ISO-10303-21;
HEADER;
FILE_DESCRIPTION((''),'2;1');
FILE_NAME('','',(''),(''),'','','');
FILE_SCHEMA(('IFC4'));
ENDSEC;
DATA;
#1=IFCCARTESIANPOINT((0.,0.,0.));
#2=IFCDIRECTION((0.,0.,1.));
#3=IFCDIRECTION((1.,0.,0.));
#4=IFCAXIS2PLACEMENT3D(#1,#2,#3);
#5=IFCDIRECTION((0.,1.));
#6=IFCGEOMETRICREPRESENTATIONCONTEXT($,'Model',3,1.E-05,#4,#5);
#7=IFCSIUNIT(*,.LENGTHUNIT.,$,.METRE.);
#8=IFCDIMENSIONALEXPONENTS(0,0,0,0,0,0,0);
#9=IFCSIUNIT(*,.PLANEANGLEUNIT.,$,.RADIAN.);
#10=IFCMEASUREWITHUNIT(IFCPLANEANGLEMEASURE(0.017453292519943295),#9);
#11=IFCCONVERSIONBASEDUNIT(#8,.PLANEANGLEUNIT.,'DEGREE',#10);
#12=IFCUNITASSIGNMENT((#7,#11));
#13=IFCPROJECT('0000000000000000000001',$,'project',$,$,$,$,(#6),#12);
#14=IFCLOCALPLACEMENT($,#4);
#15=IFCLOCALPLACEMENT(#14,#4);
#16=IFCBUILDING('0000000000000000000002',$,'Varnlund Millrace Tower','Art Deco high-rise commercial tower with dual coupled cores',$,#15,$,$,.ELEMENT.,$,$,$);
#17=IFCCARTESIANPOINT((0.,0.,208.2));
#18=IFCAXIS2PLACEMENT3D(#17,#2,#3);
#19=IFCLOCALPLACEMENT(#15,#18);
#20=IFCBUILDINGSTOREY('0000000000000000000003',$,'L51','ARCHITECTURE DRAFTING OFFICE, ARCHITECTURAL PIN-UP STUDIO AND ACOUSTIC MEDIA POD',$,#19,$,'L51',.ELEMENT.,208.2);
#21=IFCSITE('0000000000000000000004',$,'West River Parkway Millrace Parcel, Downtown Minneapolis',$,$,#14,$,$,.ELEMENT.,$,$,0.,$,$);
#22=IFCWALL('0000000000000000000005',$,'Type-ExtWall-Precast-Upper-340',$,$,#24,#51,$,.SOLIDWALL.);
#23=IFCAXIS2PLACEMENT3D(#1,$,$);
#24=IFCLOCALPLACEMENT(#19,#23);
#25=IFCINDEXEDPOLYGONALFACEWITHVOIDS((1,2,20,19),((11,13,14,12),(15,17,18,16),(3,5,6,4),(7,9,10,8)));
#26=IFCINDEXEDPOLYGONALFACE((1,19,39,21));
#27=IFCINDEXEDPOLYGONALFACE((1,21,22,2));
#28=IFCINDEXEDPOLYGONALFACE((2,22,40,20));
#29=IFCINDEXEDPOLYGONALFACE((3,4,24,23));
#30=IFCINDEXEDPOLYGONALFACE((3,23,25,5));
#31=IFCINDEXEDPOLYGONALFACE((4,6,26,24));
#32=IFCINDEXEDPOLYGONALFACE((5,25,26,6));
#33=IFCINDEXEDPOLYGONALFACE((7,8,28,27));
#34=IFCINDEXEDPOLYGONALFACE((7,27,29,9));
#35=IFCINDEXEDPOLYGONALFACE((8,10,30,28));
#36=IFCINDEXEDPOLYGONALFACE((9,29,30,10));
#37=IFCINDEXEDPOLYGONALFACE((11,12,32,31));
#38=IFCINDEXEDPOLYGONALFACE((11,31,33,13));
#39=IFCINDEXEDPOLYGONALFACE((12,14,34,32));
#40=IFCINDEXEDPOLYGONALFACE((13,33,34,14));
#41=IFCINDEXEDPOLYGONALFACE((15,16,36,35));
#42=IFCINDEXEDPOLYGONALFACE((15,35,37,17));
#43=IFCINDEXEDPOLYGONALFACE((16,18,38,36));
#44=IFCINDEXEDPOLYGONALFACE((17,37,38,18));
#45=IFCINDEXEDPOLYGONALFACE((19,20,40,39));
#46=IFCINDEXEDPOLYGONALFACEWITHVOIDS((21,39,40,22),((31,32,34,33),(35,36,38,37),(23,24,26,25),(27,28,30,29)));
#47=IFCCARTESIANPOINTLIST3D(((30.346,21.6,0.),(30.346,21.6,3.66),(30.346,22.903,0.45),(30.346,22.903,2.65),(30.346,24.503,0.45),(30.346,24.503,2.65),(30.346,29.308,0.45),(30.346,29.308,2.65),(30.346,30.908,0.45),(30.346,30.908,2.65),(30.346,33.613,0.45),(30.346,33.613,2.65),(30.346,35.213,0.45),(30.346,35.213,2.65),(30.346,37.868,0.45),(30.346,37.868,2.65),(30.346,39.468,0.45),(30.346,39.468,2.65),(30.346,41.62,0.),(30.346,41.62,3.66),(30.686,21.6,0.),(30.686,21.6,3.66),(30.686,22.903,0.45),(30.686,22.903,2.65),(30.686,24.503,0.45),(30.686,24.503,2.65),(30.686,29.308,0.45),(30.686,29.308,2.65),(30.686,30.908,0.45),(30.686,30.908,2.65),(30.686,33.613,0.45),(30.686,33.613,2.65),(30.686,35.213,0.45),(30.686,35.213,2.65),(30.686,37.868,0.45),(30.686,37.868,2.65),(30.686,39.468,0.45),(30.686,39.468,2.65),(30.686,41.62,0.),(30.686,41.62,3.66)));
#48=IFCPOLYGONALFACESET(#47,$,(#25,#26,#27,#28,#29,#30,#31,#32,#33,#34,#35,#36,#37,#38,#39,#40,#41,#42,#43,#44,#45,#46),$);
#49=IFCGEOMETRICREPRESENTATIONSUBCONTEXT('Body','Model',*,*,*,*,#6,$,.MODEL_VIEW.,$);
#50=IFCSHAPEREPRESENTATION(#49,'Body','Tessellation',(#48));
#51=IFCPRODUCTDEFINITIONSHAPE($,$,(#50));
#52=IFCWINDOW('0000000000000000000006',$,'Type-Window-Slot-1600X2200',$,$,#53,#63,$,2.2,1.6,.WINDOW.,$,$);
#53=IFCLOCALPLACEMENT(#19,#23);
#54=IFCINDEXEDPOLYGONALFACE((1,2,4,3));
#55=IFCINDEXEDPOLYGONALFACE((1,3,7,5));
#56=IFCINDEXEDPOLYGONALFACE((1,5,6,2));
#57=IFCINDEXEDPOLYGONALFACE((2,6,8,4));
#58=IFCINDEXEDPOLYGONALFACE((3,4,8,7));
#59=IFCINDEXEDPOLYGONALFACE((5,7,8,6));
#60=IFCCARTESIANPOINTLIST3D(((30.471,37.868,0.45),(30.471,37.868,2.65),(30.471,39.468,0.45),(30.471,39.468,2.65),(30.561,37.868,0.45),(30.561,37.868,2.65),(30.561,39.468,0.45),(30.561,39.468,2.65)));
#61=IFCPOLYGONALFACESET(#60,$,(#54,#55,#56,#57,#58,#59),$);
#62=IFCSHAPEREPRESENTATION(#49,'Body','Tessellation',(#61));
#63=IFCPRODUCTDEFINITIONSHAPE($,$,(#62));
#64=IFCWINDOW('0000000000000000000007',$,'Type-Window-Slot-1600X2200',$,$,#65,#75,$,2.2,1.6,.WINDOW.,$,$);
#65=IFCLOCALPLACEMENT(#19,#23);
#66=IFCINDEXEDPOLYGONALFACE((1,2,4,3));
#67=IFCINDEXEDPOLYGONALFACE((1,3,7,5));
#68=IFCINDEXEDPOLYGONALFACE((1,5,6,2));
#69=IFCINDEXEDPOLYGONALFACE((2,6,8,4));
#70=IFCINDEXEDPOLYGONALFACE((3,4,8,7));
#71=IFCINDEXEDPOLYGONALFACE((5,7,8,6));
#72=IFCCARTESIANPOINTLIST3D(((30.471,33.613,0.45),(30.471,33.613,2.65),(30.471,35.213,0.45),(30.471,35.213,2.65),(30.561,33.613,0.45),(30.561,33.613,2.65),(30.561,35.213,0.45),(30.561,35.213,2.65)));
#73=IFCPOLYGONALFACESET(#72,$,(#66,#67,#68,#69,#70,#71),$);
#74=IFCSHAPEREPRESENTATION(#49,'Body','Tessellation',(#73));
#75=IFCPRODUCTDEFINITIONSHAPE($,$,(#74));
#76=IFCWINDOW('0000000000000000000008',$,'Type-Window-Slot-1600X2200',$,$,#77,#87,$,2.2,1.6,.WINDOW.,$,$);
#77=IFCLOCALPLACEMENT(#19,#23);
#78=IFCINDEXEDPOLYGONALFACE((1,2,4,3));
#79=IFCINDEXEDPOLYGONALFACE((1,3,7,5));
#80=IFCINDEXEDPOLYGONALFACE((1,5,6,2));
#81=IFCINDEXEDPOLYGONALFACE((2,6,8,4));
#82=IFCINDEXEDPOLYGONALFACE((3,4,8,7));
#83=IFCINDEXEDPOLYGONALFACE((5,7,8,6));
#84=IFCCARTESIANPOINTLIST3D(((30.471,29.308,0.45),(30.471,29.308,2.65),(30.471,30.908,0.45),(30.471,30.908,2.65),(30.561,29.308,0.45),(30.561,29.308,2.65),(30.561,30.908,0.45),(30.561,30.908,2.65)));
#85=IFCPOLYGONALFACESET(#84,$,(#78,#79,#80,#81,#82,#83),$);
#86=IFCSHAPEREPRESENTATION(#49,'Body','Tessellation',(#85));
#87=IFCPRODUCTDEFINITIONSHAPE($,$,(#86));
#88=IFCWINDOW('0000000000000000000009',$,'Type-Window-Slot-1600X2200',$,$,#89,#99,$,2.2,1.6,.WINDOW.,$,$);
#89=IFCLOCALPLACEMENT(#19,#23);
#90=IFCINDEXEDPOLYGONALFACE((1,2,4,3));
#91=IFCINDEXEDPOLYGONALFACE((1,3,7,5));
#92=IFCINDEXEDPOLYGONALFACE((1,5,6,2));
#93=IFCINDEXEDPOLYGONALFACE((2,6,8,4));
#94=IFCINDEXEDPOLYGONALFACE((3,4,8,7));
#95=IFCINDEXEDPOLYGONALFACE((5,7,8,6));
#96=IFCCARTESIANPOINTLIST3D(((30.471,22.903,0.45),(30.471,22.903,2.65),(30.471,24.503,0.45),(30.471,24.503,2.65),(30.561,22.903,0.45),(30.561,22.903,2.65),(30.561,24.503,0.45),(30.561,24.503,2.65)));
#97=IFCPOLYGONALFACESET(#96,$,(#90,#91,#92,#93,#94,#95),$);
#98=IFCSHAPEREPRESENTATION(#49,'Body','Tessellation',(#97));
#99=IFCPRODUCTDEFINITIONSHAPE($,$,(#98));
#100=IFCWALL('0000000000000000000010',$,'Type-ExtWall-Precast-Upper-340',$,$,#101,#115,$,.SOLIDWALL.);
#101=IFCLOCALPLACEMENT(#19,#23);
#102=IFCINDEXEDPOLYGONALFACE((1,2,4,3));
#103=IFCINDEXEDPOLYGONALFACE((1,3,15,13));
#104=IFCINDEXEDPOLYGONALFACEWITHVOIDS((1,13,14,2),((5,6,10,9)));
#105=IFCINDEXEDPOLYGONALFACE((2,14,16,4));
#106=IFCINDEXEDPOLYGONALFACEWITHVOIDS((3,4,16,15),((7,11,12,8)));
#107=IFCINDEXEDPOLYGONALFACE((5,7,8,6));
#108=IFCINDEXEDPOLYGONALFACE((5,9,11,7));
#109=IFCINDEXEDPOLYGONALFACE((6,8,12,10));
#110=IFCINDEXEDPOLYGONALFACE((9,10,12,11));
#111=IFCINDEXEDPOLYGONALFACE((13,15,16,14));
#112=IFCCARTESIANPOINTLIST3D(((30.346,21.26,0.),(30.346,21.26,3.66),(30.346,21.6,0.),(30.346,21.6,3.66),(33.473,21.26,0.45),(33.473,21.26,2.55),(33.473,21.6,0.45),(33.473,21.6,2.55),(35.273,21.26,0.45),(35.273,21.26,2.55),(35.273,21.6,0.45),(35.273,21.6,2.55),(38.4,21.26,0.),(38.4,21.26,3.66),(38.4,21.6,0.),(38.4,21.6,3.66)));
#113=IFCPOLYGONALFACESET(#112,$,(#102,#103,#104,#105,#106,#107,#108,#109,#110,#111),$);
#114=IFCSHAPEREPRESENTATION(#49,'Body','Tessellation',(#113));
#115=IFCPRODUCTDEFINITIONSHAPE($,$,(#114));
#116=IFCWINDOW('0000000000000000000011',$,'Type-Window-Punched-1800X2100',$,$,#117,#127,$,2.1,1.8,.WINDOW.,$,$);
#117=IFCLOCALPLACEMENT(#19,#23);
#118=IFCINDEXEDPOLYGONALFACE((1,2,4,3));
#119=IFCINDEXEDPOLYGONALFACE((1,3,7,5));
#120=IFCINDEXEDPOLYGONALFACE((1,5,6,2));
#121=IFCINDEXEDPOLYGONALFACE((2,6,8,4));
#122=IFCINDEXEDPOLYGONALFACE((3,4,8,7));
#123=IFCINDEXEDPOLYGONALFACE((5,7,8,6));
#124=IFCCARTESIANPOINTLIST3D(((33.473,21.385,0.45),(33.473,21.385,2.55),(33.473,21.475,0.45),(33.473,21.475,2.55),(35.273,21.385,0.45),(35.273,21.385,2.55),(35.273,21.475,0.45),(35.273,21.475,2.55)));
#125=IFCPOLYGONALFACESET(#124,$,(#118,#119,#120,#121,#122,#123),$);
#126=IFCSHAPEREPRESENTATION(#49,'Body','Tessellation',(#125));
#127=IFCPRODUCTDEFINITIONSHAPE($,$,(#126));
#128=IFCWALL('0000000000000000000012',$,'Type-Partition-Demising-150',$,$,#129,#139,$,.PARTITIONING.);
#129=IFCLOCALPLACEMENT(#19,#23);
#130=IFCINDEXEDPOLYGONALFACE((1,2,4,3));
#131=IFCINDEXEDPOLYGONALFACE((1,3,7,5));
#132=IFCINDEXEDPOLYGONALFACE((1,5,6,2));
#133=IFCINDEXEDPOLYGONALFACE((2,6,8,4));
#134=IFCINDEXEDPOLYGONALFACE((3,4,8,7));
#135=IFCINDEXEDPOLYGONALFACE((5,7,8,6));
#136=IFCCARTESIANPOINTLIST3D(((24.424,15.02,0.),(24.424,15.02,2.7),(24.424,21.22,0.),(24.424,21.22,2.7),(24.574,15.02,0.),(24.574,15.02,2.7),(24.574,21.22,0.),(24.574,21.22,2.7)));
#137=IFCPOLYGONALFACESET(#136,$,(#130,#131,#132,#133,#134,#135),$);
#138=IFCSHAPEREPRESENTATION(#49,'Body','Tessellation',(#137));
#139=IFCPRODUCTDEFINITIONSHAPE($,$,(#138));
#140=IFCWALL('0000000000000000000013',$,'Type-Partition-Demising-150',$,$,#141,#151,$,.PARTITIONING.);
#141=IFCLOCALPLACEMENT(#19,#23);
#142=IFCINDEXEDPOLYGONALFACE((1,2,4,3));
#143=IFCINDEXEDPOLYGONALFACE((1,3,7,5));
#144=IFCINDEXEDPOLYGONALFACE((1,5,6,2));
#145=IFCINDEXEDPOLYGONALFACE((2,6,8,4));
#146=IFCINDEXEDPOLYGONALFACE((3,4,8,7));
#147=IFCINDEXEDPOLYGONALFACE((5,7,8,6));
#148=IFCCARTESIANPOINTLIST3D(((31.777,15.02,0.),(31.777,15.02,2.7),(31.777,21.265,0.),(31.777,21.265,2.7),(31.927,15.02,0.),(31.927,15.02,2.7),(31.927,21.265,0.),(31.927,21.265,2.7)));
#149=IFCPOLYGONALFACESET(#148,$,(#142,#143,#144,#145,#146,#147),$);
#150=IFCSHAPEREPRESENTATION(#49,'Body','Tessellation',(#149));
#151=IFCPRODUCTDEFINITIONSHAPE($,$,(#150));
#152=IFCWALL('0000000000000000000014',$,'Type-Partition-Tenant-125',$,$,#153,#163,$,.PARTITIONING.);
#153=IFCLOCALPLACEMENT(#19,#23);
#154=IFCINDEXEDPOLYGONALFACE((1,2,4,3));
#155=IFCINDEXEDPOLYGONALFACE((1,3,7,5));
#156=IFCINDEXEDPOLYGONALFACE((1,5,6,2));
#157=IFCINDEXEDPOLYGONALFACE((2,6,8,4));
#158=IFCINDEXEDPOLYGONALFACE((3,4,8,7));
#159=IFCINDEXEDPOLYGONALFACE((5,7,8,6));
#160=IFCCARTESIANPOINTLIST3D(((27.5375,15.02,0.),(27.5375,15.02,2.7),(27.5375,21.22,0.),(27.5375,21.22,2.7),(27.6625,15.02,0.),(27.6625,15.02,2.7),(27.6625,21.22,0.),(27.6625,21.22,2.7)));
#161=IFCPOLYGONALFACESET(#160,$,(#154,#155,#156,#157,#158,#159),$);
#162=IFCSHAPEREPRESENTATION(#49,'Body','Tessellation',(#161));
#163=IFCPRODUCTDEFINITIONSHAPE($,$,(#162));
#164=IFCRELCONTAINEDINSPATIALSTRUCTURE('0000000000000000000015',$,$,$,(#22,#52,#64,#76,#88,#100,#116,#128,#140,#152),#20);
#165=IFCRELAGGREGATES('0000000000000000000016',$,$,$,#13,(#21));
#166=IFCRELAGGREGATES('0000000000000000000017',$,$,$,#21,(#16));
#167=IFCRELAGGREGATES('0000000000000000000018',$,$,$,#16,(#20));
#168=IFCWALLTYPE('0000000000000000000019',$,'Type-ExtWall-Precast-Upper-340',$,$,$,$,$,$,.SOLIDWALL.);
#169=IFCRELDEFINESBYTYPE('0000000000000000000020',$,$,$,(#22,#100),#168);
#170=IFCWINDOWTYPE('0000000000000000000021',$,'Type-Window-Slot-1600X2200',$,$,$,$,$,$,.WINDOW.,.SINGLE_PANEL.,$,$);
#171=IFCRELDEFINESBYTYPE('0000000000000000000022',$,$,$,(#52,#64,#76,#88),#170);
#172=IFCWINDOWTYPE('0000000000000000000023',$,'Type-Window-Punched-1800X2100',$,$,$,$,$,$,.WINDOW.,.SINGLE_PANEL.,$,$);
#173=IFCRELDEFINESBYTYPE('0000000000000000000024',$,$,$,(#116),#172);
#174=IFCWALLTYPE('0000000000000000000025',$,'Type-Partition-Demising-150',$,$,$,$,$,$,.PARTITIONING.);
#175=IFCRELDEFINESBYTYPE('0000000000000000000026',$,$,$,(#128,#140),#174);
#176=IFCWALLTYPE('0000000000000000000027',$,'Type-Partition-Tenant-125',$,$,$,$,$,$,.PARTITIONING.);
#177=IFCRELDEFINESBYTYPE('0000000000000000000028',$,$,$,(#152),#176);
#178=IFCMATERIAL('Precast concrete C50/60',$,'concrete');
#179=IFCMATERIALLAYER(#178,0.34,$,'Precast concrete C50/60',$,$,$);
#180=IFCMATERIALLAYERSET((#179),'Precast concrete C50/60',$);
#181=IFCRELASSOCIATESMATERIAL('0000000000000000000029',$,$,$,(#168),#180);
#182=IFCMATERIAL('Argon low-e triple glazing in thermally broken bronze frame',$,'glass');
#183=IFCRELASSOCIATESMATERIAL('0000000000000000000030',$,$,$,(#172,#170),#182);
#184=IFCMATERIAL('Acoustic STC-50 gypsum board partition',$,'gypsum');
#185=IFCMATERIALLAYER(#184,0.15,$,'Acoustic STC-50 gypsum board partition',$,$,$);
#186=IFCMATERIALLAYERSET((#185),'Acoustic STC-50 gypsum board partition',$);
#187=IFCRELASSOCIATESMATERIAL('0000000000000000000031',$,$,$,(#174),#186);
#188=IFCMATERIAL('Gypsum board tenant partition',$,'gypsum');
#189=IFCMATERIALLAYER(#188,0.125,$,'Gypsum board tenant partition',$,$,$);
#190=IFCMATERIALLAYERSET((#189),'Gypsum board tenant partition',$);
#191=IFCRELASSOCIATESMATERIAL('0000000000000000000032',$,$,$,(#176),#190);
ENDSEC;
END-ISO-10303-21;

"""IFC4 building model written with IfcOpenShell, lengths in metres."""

from ifc_helpers import new_model, entity, si_unit, converted_unit, direction, frame, origin_with_axes, origin_2d_with_axis, place, context, subcontext, project, spatial, polyline, rectangle, outline, extrude, material, layer, layer_set, type_object, element, fill, save


model = new_model("IFC4")

# Units and contexts
model_context = context("Model", 3, precision=1e-05, world=origin_with_axes(), true_north=direction((0.0, 1.0)))
body_context = subcontext(model_context, "Body", "Model", "MODEL_VIEW")
ifc_project = project(units=[si_unit("LENGTHUNIT", "METRE"), converted_unit("PLANEANGLEUNIT", "DEGREE", entity("IfcPlaneAngleMeasure", 0.017453292519943295), si_unit("PLANEANGLEUNIT", "RADIAN"), dimensions=[0, 0, 0, 0, 0, 0, 0])], contexts=[model_context])

# Site, building, storey
site_placement = place(None, origin_with_axes())
site = spatial("IfcSite", under=ifc_project, at=site_placement, Name="West River Parkway Millrace Parcel, Downtown Minneapolis", CompositionType="ELEMENT", RefElevation=0.0)
building_placement = place(site_placement, origin_with_axes())
building = spatial("IfcBuilding", under=site, at=building_placement, Name="Varnlund Millrace Tower", Description="Art Deco high-rise commercial tower with dual coupled cores", CompositionType="ELEMENT")
storey_placement = place(building_placement, frame((0.0, 0.0, 208.2), z_axis=(0.0, 0.0, 1.0), x_axis=(1.0, 0.0, 0.0)))
storey = spatial("IfcBuildingStorey", under=building, at=storey_placement, Name="L51", Description="ARCHITECTURE DRAFTING OFFICE, ARCHITECTURAL PIN-UP STUDIO AND ACOUSTIC MEDIA POD", LongName="L51", CompositionType="ELEMENT", Elevation=208.2)

# Shared definitions
ifc_material_1 = material(Name="Precast concrete C50/60", Category="concrete")
ifc_layer_1 = layer(ifc_material_1, 0.34, Name="Precast concrete C50/60")
ifc_layer_set_1 = layer_set([ifc_layer_1], Name="Precast concrete C50/60")
wall_type_1 = type_object("IfcWallType", Name="Type-ExtWall-Precast-Upper-340", PredefinedType="SOLIDWALL", material=ifc_layer_set_1)

# Shared definitions
ifc_material_2 = material(Name="Argon low-e triple glazing in thermally broken bronze frame", Category="glass")
window_type_1 = type_object("IfcWindowType", Name="Type-Window-Punched-1800X2100", PartitioningType="SINGLE_PANEL", PredefinedType="WINDOW", material=ifc_material_2)

# Wall, openings, windows
wall_1_placement = place(storey_placement, frame((30.516, 41.62, 0.0), z_axis=(0.0, 0.0, 1.0), x_axis=(0.0, -1.0, 0.0)))
wall_1 = element("IfcWall", 1, at=wall_1_placement, inside=storey, type_object=wall_type_1, Name="Type-ExtWall-Precast-Upper-340", PredefinedType="SOLIDWALL", context=body_context, shape_type="SweptSolid", body=[
    extrude(outline(polyline([(0.0, -0.17), (20.02, -0.17), (20.02, 0.17), (0.0, 0.17), (0.0, -0.17)])), origin_with_axes(), (0.0, 0.0, 1.0), 3.66),
])
opening_1_placement = place(wall_1_placement, frame((2.952, 0.0, 0.45), z_axis=(0.0, 0.0, 1.0), x_axis=(1.0, 0.0, 0.0)))
opening_1 = element("IfcOpeningElement", 2, at=opening_1_placement, cuts=wall_1, PredefinedType="OPENING", context=body_context, shape_type="SweptSolid", body=[
    extrude(rectangle(XDim=1.6, YDim=0.36, at=origin_2d_with_axis()), origin_with_axes(), (0.0, 0.0, 1.0), 2.2),
])
opening_2_placement = place(wall_1_placement, frame((7.207, 0.0, 0.45), z_axis=(0.0, 0.0, 1.0), x_axis=(1.0, 0.0, 0.0)))
opening_2 = element("IfcOpeningElement", 3, at=opening_2_placement, cuts=wall_1, PredefinedType="OPENING", context=body_context, shape_type="SweptSolid", body=[
    extrude(rectangle(XDim=1.6, YDim=0.36, at=origin_2d_with_axis()), origin_with_axes(), (0.0, 0.0, 1.0), 2.2),
])
opening_3_placement = place(wall_1_placement, frame((11.512, 0.0, 0.45), z_axis=(0.0, 0.0, 1.0), x_axis=(1.0, 0.0, 0.0)))
opening_3 = element("IfcOpeningElement", 4, at=opening_3_placement, cuts=wall_1, PredefinedType="OPENING", context=body_context, shape_type="SweptSolid", body=[
    extrude(rectangle(XDim=1.6, YDim=0.36, at=origin_2d_with_axis()), origin_with_axes(), (0.0, 0.0, 1.0), 2.2),
])
opening_4_placement = place(wall_1_placement, frame((17.917, 0.0, 0.45), z_axis=(0.0, 0.0, 1.0), x_axis=(1.0, 0.0, 0.0)))
opening_4 = element("IfcOpeningElement", 5, at=opening_4_placement, cuts=wall_1, PredefinedType="OPENING", context=body_context, shape_type="SweptSolid", body=[
    extrude(rectangle(XDim=1.6, YDim=0.36, at=origin_2d_with_axis()), origin_with_axes(), (0.0, 0.0, 1.0), 2.2),
])
window_type_2 = type_object("IfcWindowType", Name="Type-Window-Slot-1600X2200", PartitioningType="SINGLE_PANEL", PredefinedType="WINDOW", material=ifc_material_2)
window_1_placement = place(wall_1_placement, frame((2.952, 0.0, 0.45), z_axis=(0.0, 0.0, 1.0), x_axis=(1.0, 0.0, 0.0)))
window_1 = element("IfcWindow", 6, at=window_1_placement, inside=storey, type_object=window_type_2, Name="Type-Window-Slot-1600X2200", OverallHeight=2.2, OverallWidth=1.6, PredefinedType="WINDOW", context=body_context, shape_type="SweptSolid", body=[
    extrude(rectangle(XDim=1.6, YDim=0.09, at=origin_2d_with_axis()), origin_with_axes(), (0.0, 0.0, 1.0), 2.2),
])
fill(opening_1, window_1)
window_2_placement = place(wall_1_placement, frame((7.207, 0.0, 0.45), z_axis=(0.0, 0.0, 1.0), x_axis=(1.0, 0.0, 0.0)))
window_2 = element("IfcWindow", 7, at=window_2_placement, inside=storey, type_object=window_type_2, Name="Type-Window-Slot-1600X2200", OverallHeight=2.2, OverallWidth=1.6, PredefinedType="WINDOW", context=body_context, shape_type="SweptSolid", body=[
    extrude(rectangle(XDim=1.6, YDim=0.09, at=origin_2d_with_axis()), origin_with_axes(), (0.0, 0.0, 1.0), 2.2),
])
fill(opening_2, window_2)
window_3_placement = place(wall_1_placement, frame((11.512, 0.0, 0.45), z_axis=(0.0, 0.0, 1.0), x_axis=(1.0, 0.0, 0.0)))
window_3 = element("IfcWindow", 8, at=window_3_placement, inside=storey, type_object=window_type_2, Name="Type-Window-Slot-1600X2200", OverallHeight=2.2, OverallWidth=1.6, PredefinedType="WINDOW", context=body_context, shape_type="SweptSolid", body=[
    extrude(rectangle(XDim=1.6, YDim=0.09, at=origin_2d_with_axis()), origin_with_axes(), (0.0, 0.0, 1.0), 2.2),
])
fill(opening_3, window_3)
window_4_placement = place(wall_1_placement, frame((17.917, 0.0, 0.45), z_axis=(0.0, 0.0, 1.0), x_axis=(1.0, 0.0, 0.0)))
window_4 = element("IfcWindow", 9, at=window_4_placement, inside=storey, type_object=window_type_2, Name="Type-Window-Slot-1600X2200", OverallHeight=2.2, OverallWidth=1.6, PredefinedType="WINDOW", context=body_context, shape_type="SweptSolid", body=[
    extrude(rectangle(XDim=1.6, YDim=0.09, at=origin_2d_with_axis()), origin_with_axes(), (0.0, 0.0, 1.0), 2.2),
])
fill(opening_4, window_4)

# Wall, opening, window
wall_2_placement = place(storey_placement, frame((30.346, 21.43, 0.0), z_axis=(0.0, 0.0, 1.0), x_axis=(1.0, 0.0, 0.0)))
wall_2 = element("IfcWall", 10, at=wall_2_placement, inside=storey, type_object=wall_type_1, Name="Type-ExtWall-Precast-Upper-340", PredefinedType="SOLIDWALL", context=body_context, shape_type="SweptSolid", body=[
    extrude(outline(polyline([(0.0, -0.17), (8.054, -0.17), (8.054, 0.17), (0.0, 0.17), (0.0, -0.17)])), origin_with_axes(), (0.0, 0.0, 1.0), 3.66),
])
opening_5_placement = place(wall_2_placement, frame((4.027, 0.0, 0.45), z_axis=(0.0, 0.0, 1.0), x_axis=(1.0, 0.0, 0.0)))
opening_5 = element("IfcOpeningElement", 11, at=opening_5_placement, cuts=wall_2, PredefinedType="OPENING", context=body_context, shape_type="SweptSolid", body=[
    extrude(rectangle(XDim=1.8, YDim=0.36, at=origin_2d_with_axis()), origin_with_axes(), (0.0, 0.0, 1.0), 2.1),
])
window_5_placement = place(wall_2_placement, frame((4.027, 0.0, 0.45), z_axis=(0.0, 0.0, 1.0), x_axis=(1.0, 0.0, 0.0)))
window_5 = element("IfcWindow", 12, at=window_5_placement, inside=storey, type_object=window_type_1, Name="Type-Window-Punched-1800X2100", OverallHeight=2.1, OverallWidth=1.8, PredefinedType="WINDOW", context=body_context, shape_type="SweptSolid", body=[
    extrude(rectangle(XDim=1.8, YDim=0.09, at=origin_2d_with_axis()), origin_with_axes(), (0.0, 0.0, 1.0), 2.1),
])
fill(opening_5, window_5)

# Walls
ifc_material_3 = material(Name="Acoustic STC-50 gypsum board partition", Category="gypsum")
ifc_layer_2 = layer(ifc_material_3, 0.15, Name="Acoustic STC-50 gypsum board partition")
ifc_layer_set_2 = layer_set([ifc_layer_2], Name="Acoustic STC-50 gypsum board partition")
wall_type_2 = type_object("IfcWallType", Name="Type-Partition-Demising-150", PredefinedType="PARTITIONING", material=ifc_layer_set_2)
wall_3_placement = place(storey_placement, frame((24.499, 15.02, 0.0), z_axis=(0.0, 0.0, 1.0), x_axis=(0.0, 1.0, 0.0)))
element("IfcWall", 13, at=wall_3_placement, inside=storey, type_object=wall_type_2, Name="Type-Partition-Demising-150", PredefinedType="PARTITIONING", context=body_context, shape_type="SweptSolid", body=[
    extrude(outline(polyline([(0.0, -0.075), (6.2, -0.075), (6.2, 0.075), (0.0, 0.075), (0.0, -0.075)])), origin_with_axes(), (0.0, 0.0, 1.0), 2.7),
])
wall_4_placement = place(storey_placement, frame((31.852, 15.02, 0.0), z_axis=(0.0, 0.0, 1.0), x_axis=(0.0, 1.0, 0.0)))
element("IfcWall", 14, at=wall_4_placement, inside=storey, type_object=wall_type_2, Name="Type-Partition-Demising-150", PredefinedType="PARTITIONING", context=body_context, shape_type="SweptSolid", body=[
    extrude(outline(polyline([(0.0, -0.075), (6.245, -0.075), (6.245, 0.075), (0.0, 0.075), (0.0, -0.075)])), origin_with_axes(), (0.0, 0.0, 1.0), 2.7),
])
ifc_material_4 = material(Name="Gypsum board tenant partition", Category="gypsum")
ifc_layer_3 = layer(ifc_material_4, 0.125, Name="Gypsum board tenant partition")
ifc_layer_set_3 = layer_set([ifc_layer_3], Name="Gypsum board tenant partition")
wall_type_3 = type_object("IfcWallType", Name="Type-Partition-Tenant-125", PredefinedType="PARTITIONING", material=ifc_layer_set_3)
wall_5_placement = place(storey_placement, frame((27.6, 15.02, 0.0), z_axis=(0.0, 0.0, 1.0), x_axis=(0.0, 1.0, 0.0)))
element("IfcWall", 15, at=wall_5_placement, inside=storey, type_object=wall_type_3, Name="Type-Partition-Tenant-125", PredefinedType="PARTITIONING", context=body_context, shape_type="SweptSolid", body=[
    extrude(outline(polyline([(0.0, -0.0625), (6.2, -0.0625), (6.2, 0.0625), (0.0, 0.0625), (0.0, -0.0625)])), origin_with_axes(), (0.0, 0.0, 1.0), 2.7),
])

save(model, "model.ifc")
